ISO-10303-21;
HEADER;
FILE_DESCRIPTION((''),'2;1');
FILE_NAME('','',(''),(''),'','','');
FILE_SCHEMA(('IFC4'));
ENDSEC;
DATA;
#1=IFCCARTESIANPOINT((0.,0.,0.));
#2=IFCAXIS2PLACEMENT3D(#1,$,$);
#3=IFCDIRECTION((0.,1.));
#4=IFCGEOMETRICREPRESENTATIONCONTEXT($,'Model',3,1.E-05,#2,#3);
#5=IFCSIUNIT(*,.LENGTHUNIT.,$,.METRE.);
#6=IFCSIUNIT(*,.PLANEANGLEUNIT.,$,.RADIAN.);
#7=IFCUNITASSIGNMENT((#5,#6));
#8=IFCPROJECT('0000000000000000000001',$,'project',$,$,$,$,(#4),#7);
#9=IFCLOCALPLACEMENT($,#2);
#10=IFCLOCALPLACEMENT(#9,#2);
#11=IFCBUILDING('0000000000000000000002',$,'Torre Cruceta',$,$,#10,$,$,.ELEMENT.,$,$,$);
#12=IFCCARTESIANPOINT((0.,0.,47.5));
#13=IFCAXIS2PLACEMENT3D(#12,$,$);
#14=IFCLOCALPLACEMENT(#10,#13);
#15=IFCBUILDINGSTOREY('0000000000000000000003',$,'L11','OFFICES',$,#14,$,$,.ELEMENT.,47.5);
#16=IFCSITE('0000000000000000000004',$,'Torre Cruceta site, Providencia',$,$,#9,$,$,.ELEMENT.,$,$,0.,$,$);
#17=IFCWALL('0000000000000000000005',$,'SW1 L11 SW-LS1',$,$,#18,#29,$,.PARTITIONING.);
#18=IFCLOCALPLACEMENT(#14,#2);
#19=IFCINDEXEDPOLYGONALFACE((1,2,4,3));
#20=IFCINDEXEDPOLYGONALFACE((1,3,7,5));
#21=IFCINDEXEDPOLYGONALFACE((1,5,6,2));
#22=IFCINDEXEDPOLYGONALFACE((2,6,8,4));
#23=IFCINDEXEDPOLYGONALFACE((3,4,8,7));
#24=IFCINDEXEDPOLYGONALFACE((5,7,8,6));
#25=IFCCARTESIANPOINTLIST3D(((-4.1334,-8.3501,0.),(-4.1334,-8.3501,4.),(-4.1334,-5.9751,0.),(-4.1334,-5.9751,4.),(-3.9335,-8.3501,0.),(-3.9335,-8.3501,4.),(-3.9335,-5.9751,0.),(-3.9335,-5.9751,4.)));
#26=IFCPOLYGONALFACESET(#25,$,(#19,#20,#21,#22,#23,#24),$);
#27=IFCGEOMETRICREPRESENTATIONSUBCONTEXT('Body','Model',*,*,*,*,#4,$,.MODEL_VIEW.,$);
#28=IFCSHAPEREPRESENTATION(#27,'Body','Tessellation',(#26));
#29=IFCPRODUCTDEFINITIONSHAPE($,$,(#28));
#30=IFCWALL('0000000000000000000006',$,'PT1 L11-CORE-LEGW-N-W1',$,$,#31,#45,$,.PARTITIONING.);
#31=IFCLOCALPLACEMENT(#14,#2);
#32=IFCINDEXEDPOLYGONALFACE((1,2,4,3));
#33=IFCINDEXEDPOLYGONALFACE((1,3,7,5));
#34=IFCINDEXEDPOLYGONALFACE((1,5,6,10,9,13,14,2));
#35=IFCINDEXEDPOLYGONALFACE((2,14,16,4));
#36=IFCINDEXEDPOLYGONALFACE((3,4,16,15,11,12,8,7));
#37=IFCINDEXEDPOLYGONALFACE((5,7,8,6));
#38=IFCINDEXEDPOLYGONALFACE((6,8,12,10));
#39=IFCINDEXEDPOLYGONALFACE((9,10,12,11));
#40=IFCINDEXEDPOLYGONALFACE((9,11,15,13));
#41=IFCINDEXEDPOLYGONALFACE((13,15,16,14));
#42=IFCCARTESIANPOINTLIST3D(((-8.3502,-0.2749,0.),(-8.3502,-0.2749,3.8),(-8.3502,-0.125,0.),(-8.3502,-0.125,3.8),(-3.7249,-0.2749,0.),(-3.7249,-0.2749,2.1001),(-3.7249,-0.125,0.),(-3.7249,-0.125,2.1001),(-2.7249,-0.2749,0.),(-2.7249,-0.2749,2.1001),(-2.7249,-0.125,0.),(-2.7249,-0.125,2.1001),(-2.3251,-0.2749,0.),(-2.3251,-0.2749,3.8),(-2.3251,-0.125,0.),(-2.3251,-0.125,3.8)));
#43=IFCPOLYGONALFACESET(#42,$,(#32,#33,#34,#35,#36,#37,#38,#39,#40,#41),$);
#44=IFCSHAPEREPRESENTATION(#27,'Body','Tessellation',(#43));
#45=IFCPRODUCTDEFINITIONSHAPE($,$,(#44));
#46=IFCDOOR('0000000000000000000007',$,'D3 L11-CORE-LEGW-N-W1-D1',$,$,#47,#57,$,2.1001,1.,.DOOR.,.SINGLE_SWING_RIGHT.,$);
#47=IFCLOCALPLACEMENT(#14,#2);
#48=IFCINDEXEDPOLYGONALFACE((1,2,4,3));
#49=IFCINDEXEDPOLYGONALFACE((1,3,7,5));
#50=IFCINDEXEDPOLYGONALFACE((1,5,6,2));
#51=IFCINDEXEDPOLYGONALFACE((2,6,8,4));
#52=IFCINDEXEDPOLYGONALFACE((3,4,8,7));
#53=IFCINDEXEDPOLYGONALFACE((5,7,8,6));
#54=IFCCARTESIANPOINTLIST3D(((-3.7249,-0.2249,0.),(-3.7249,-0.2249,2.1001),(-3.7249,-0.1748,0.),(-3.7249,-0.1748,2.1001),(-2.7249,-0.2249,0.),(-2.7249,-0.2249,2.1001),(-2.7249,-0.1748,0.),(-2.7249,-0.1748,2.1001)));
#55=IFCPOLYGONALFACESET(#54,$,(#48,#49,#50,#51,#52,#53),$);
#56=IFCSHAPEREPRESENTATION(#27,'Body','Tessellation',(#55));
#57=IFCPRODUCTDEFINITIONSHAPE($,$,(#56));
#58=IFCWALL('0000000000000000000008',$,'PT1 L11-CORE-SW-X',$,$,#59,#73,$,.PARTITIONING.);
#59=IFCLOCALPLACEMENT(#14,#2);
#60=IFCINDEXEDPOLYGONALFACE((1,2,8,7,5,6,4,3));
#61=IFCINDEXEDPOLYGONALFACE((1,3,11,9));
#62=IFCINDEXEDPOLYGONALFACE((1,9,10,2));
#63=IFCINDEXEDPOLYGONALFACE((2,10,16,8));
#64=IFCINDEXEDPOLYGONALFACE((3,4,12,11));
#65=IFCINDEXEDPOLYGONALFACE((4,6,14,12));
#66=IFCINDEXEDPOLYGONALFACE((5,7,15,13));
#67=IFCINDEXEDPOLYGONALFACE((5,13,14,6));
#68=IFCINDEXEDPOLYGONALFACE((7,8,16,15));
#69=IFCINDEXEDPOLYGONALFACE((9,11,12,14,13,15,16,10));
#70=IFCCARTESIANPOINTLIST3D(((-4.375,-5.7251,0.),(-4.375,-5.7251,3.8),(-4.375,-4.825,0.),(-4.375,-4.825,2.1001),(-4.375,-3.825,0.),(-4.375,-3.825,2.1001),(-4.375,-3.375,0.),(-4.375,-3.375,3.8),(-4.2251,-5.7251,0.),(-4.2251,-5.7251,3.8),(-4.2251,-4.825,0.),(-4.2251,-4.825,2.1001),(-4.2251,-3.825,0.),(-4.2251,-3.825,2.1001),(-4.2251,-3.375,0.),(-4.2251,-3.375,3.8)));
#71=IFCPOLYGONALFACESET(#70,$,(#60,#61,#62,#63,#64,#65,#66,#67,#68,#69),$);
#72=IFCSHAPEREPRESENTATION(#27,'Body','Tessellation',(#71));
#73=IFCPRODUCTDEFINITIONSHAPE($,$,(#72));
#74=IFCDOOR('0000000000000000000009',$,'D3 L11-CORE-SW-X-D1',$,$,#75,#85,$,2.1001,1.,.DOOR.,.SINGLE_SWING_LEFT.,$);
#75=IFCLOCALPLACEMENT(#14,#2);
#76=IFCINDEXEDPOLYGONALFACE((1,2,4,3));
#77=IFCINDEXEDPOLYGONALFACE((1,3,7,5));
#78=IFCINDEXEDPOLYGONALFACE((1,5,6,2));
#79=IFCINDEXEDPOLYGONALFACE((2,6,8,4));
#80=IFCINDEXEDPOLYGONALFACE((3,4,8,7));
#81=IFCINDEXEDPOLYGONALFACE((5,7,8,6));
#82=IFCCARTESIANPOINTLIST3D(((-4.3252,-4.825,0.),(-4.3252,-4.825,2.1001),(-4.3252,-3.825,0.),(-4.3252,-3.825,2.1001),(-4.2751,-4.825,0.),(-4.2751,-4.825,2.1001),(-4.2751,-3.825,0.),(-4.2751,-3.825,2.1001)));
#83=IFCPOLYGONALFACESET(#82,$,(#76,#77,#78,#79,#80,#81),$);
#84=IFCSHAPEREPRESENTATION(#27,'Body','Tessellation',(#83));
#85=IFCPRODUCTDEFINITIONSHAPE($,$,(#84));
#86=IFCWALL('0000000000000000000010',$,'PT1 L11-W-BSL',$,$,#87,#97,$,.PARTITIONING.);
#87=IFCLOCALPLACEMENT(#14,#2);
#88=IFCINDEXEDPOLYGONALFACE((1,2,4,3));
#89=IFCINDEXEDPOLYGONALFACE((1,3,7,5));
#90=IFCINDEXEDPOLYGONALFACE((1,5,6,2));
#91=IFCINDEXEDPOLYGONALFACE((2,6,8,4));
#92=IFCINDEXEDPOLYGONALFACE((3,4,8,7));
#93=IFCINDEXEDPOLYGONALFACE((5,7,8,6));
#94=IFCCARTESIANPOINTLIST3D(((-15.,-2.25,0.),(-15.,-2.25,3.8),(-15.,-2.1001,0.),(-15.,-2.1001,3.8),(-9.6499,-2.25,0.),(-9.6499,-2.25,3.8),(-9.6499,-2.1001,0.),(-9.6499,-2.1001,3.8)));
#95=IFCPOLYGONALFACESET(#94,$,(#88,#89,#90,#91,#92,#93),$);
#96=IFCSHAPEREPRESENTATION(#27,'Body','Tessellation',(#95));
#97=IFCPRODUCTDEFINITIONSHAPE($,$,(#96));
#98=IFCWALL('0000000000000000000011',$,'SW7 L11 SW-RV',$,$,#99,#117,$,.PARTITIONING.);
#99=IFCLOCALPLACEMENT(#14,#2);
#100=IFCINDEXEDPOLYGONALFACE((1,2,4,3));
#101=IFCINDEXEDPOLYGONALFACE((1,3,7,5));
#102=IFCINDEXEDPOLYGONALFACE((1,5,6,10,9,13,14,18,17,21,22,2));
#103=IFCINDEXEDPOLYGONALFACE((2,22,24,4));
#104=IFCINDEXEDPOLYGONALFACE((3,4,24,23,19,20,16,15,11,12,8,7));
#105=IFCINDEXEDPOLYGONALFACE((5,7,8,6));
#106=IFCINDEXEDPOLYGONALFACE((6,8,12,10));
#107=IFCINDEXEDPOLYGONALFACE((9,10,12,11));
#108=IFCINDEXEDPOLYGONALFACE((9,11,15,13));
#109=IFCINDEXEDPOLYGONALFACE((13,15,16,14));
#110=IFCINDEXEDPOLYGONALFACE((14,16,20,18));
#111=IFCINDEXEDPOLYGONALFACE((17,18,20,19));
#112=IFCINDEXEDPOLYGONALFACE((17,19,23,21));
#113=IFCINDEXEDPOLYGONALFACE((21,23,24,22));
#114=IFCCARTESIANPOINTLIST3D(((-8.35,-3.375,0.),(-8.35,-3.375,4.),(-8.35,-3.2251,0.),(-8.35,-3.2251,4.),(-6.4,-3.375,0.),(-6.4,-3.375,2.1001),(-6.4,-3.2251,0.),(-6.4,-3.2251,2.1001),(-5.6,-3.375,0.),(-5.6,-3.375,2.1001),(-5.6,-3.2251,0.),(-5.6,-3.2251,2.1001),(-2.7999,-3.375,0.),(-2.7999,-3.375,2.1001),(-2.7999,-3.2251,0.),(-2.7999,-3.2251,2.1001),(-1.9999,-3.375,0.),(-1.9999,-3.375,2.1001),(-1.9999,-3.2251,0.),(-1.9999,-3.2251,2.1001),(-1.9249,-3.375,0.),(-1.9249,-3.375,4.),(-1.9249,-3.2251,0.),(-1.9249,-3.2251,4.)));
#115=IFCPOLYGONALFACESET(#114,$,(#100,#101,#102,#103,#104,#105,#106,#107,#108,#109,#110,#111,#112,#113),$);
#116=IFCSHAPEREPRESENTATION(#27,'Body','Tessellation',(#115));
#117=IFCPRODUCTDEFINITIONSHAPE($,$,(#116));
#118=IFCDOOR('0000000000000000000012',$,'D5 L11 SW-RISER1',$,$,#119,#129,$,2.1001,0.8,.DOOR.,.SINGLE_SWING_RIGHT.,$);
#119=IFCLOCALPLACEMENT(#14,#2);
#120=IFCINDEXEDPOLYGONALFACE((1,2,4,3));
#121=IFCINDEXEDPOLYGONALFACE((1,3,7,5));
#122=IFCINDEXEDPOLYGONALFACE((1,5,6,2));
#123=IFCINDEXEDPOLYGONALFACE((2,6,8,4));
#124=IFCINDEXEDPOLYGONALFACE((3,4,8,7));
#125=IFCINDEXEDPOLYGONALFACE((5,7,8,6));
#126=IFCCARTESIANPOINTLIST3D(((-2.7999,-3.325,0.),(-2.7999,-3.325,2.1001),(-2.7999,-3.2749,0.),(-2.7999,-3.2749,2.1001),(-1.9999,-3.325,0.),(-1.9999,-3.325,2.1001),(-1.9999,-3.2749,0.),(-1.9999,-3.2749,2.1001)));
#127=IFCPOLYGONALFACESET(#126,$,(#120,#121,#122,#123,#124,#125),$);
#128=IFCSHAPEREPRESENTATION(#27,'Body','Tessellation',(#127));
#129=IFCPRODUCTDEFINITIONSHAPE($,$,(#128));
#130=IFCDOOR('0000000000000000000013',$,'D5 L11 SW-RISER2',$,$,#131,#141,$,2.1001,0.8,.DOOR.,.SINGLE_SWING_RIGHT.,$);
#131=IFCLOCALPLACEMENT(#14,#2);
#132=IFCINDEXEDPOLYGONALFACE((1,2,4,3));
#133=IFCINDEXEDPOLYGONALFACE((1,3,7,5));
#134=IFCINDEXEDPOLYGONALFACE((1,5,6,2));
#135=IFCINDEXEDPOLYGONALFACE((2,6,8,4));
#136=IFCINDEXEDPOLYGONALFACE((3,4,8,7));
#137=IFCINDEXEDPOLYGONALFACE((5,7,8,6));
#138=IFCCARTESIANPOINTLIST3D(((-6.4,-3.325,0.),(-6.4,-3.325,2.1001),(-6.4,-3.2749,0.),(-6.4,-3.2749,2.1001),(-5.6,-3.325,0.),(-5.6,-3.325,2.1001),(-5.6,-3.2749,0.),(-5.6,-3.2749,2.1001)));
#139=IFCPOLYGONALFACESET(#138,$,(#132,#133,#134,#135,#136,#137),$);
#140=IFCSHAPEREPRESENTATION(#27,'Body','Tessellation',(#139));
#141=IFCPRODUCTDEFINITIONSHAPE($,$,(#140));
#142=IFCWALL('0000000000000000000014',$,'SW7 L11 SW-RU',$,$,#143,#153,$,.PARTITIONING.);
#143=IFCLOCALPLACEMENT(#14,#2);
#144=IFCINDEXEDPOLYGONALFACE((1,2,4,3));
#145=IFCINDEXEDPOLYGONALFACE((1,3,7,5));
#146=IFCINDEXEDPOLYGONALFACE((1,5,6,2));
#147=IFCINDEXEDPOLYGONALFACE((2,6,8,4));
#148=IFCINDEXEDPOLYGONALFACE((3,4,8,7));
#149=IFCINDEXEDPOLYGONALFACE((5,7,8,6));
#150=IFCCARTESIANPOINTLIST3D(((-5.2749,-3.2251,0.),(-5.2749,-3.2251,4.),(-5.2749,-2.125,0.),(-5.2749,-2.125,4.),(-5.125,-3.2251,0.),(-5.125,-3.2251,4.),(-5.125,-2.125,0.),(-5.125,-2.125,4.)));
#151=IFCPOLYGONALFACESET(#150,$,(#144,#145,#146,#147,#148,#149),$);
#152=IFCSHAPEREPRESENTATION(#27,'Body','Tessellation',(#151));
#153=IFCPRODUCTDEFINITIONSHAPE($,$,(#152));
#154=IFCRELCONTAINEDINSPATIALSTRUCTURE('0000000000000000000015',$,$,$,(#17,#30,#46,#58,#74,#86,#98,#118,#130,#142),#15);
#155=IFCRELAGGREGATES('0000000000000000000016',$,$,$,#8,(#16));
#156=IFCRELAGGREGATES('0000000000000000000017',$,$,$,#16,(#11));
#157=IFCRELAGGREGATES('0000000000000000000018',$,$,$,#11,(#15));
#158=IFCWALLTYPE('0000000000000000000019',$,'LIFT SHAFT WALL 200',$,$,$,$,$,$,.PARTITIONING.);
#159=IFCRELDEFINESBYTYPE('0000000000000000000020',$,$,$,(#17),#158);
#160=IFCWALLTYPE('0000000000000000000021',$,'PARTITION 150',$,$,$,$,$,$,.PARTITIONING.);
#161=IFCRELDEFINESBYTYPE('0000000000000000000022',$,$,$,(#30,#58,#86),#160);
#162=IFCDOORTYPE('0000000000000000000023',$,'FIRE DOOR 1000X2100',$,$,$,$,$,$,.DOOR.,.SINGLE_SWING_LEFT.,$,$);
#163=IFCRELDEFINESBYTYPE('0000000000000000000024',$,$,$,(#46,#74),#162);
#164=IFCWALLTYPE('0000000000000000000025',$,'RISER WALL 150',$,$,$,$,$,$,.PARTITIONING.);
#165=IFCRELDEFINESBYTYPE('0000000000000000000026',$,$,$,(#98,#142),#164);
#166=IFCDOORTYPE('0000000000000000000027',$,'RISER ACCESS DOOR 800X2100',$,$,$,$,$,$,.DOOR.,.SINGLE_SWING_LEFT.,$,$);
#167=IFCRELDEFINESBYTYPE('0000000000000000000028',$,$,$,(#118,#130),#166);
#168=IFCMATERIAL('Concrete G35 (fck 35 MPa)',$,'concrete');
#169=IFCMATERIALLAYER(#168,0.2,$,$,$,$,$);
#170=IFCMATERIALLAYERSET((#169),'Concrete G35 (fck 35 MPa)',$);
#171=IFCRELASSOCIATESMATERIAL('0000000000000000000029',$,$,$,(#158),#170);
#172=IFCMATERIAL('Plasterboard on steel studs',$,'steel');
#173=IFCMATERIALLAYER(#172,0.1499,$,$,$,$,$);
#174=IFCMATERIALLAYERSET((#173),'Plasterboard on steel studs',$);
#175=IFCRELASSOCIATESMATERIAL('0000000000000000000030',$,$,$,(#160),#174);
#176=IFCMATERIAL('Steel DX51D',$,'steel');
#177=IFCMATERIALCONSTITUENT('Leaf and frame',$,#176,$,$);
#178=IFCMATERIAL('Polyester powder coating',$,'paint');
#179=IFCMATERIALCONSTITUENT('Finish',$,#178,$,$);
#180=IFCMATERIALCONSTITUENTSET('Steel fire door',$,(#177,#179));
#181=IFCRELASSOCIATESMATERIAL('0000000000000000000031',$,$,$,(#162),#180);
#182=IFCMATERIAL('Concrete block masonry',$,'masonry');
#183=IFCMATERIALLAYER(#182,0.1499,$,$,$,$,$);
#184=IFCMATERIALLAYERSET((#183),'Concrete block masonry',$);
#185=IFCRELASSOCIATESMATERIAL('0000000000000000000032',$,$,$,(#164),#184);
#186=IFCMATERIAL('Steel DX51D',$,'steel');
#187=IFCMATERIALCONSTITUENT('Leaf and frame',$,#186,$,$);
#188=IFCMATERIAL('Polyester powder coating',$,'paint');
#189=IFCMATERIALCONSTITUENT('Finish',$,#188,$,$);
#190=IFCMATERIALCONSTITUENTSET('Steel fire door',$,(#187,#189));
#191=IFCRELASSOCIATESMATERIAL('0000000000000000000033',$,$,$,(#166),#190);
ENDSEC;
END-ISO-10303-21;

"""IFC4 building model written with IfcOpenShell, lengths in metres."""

from ifc_helpers import new_model, si_unit, direction, frame, frame_2d, origin, place, context, subcontext, project, spatial, rectangle, extrude, material, layer, layer_set, constituent, constituent_set, type_object, element, fill, save


model = new_model("IFC4")

# Units and contexts
model_context = context("Model", 3, precision=1e-05, world=origin(), true_north=direction((0.0, 1.0)))
body_context = subcontext(model_context, "Body", "Model", "MODEL_VIEW")
ifc_project = project(units=[si_unit("LENGTHUNIT", "METRE"), si_unit("PLANEANGLEUNIT", "RADIAN")], contexts=[model_context])

# Site, building, storey
site_placement = place(None, origin())
site = spatial("IfcSite", under=ifc_project, at=site_placement, Name="Torre Cruceta site, Providencia", CompositionType="ELEMENT", RefElevation=0.0)
building_placement = place(site_placement, origin())
building = spatial("IfcBuilding", under=site, at=building_placement, Name="Torre Cruceta", CompositionType="ELEMENT")
storey_placement = place(building_placement, frame((0.0, 0.0, 47.5)))
storey = spatial("IfcBuildingStorey", under=building, at=storey_placement, Name="L11", Description="OFFICES", CompositionType="ELEMENT", Elevation=47.5)

# Wall
ifc_material_1 = material(Name="Concrete G35 (fck 35 MPa)", Category="concrete")
ifc_layer_1 = layer(ifc_material_1, 0.2)
ifc_layer_set_1 = layer_set([ifc_layer_1], Name="Concrete G35 (fck 35 MPa)")
wall_type_1 = type_object("IfcWallType", Name="LIFT SHAFT WALL 200", PredefinedType="PARTITIONING", material=ifc_layer_set_1)
wall_1_placement = place(storey_placement, frame((-4.0334, -5.9751, 0.0), z_axis=(0.0, 0.0, 1.0), x_axis=(0.0, -1.0, 0.0)))
element("IfcWall", 1, at=wall_1_placement, inside=storey, type_object=wall_type_1, Name="SW1 L11 SW-LS1", PredefinedType="PARTITIONING", context=body_context, shape_type="SweptSolid", body=[
    extrude(rectangle(XDim=2.375, YDim=0.2, at=frame_2d((1.1875, 0.0))), origin(), (0.0, 0.0, 1.0), 4.0),
])

# Walls, openings, doors
ifc_material_2 = material(Name="Plasterboard on steel studs", Category="steel")
ifc_layer_2 = layer(ifc_material_2, 0.1499)
ifc_layer_set_2 = layer_set([ifc_layer_2], Name="Plasterboard on steel studs")
wall_type_2 = type_object("IfcWallType", Name="PARTITION 150", PredefinedType="PARTITIONING", material=ifc_layer_set_2)
wall_2_placement = place(storey_placement, frame((-2.325, -0.2, 0.0), z_axis=(0.0, 0.0, 1.0), x_axis=(-1.0, 0.0, 0.0)))
wall_2 = element("IfcWall", 2, at=wall_2_placement, inside=storey, type_object=wall_type_2, Name="PT1 L11-CORE-LEGW-N-W1", PredefinedType="PARTITIONING", context=body_context, shape_type="SweptSolid", body=[
    extrude(rectangle(XDim=6.0251, YDim=0.1499, at=frame_2d((3.0127, 0.0))), origin(), (0.0, 0.0, 1.0), 3.8),
])
opening_1_placement = place(wall_2_placement, frame((0.3999, 0.0, 0.0)))
opening_1 = element("IfcOpeningElement", 3, at=opening_1_placement, cuts=wall_2, PredefinedType="OPENING", context=body_context, shape_type="SweptSolid", body=[
    extrude(rectangle(XDim=1.0, YDim=2.1001, at=frame_2d((0.5, 1.05))), frame((0.0, 0.085, 0.0), z_axis=(0.0, -1.0, 0.0), x_axis=(1.0, 0.0, 0.0)), (0.0, 0.0, 1.0), 0.1699),
])
ifc_material_3 = material(Name="Steel DX51D", Category="steel")
ifc_constituent_1 = constituent(ifc_material_3, Name="Leaf and frame")
ifc_material_4 = material(Name="Polyester powder coating", Category="paint")
ifc_constituent_2 = constituent(ifc_material_4, Name="Finish")
ifc_constituent_set_1 = constituent_set(constituents=[ifc_constituent_1, ifc_constituent_2], Name="Steel fire door")
door_type_1 = type_object("IfcDoorType", Name="FIRE DOOR 1000X2100", OperationType="SINGLE_SWING_LEFT", PredefinedType="DOOR", material=ifc_constituent_set_1)
door_1_placement = place(opening_1_placement, frame((1.0, 0.0, 0.0), z_axis=(0.0, 0.0, 1.0), x_axis=(-1.0, 0.0, 0.0)))
door_1 = element("IfcDoor", 4, at=door_1_placement, inside=storey, type_object=door_type_1, Name="D3 L11-CORE-LEGW-N-W1-D1", OperationType="SINGLE_SWING_RIGHT", OverallHeight=2.1001, OverallWidth=1.0, PredefinedType="DOOR", context=body_context, shape_type="SweptSolid", body=[
    extrude(rectangle(XDim=1.0, YDim=2.1001, at=frame_2d((0.5, 1.05))), frame((0.0, 0.0251, 0.0), z_axis=(0.0, -1.0, 0.0), x_axis=(1.0, 0.0, 0.0)), (0.0, 0.0, 1.0), 0.05),
])
fill(opening_1, door_1)
wall_3_placement = place(storey_placement, frame((-4.3, -3.375, 0.0), z_axis=(0.0, 0.0, 1.0), x_axis=(0.0, -1.0, 0.0)))
wall_3 = element("IfcWall", 5, at=wall_3_placement, inside=storey, type_object=wall_type_2, Name="PT1 L11-CORE-SW-X", PredefinedType="PARTITIONING", context=body_context, shape_type="SweptSolid", body=[
    extrude(rectangle(XDim=2.3501, YDim=0.1499, at=frame_2d((1.175, 0.0))), origin(), (0.0, 0.0, 1.0), 3.8),
])
opening_2_placement = place(wall_3_placement, frame((0.45, 0.0, 0.0)))
opening_2 = element("IfcOpeningElement", 6, at=opening_2_placement, cuts=wall_3, PredefinedType="OPENING", context=body_context, shape_type="SweptSolid", body=[
    extrude(rectangle(XDim=1.0, YDim=2.1001, at=frame_2d((0.5, 1.05))), frame((0.0, 0.085, 0.0), z_axis=(0.0, -1.0, 0.0), x_axis=(1.0, 0.0, 0.0)), (0.0, 0.0, 1.0), 0.1699),
])
door_2_placement = place(opening_2_placement, origin())
door_2 = element("IfcDoor", 7, at=door_2_placement, inside=storey, type_object=door_type_1, Name="D3 L11-CORE-SW-X-D1", OperationType="SINGLE_SWING_LEFT", OverallHeight=2.1001, OverallWidth=1.0, PredefinedType="DOOR", context=body_context, shape_type="SweptSolid", body=[
    extrude(rectangle(XDim=1.0, YDim=2.1001, at=frame_2d((0.5, 1.05))), frame((0.0, 0.0249, 0.0), z_axis=(0.0, -1.0, 0.0), x_axis=(1.0, 0.0, 0.0)), (0.0, 0.0, 1.0), 0.05),
])
fill(opening_2, door_2)

# Wall
wall_4_placement = place(storey_placement, frame((-9.6499, -2.175, 0.0), z_axis=(0.0, 0.0, 1.0), x_axis=(-1.0, 0.0, 0.0)))
element("IfcWall", 8, at=wall_4_placement, inside=storey, type_object=wall_type_2, Name="PT1 L11-W-BSL", PredefinedType="PARTITIONING", context=body_context, shape_type="SweptSolid", body=[
    extrude(rectangle(XDim=5.3501, YDim=0.1499, at=frame_2d((2.675, 0.0))), origin(), (0.0, 0.0, 1.0), 3.8),
])

# Wall, openings, doors
ifc_material_5 = material(Name="Concrete block masonry", Category="masonry")
ifc_layer_3 = layer(ifc_material_5, 0.1499)
ifc_layer_set_3 = layer_set([ifc_layer_3], Name="Concrete block masonry")
wall_type_3 = type_object("IfcWallType", Name="RISER WALL 150", PredefinedType="PARTITIONING", material=ifc_layer_set_3)
wall_5_placement = place(storey_placement, frame((-1.925, -3.3, 0.0), z_axis=(0.0, 0.0, 1.0), x_axis=(-1.0, 0.0, 0.0)))
wall_5 = element("IfcWall", 9, at=wall_5_placement, inside=storey, type_object=wall_type_3, Name="SW7 L11 SW-RV", PredefinedType="PARTITIONING", context=body_context, shape_type="SweptSolid", body=[
    extrude(rectangle(XDim=6.425, YDim=0.1499, at=frame_2d((3.2124, 0.0))), origin(), (0.0, 0.0, 1.0), 4.0),
])
opening_3_placement = place(wall_5_placement, frame((0.075, 0.0, 0.0)))
opening_3 = element("IfcOpeningElement", 10, at=opening_3_placement, cuts=wall_5, PredefinedType="OPENING", context=body_context, shape_type="SweptSolid", body=[
    extrude(rectangle(XDim=0.8, YDim=2.1001, at=frame_2d((0.3999, 1.05))), frame((0.0, 0.085, 0.0), z_axis=(0.0, -1.0, 0.0), x_axis=(1.0, 0.0, 0.0)), (0.0, 0.0, 1.0), 0.1699),
])
opening_4_placement = place(wall_5_placement, frame((3.675, 0.0, 0.0)))
opening_4 = element("IfcOpeningElement", 11, at=opening_4_placement, cuts=wall_5, PredefinedType="OPENING", context=body_context, shape_type="SweptSolid", body=[
    extrude(rectangle(XDim=0.8, YDim=2.1001, at=frame_2d((0.3999, 1.05))), frame((0.0, 0.085, 0.0), z_axis=(0.0, -1.0, 0.0), x_axis=(1.0, 0.0, 0.0)), (0.0, 0.0, 1.0), 0.1699),
])
ifc_material_6 = material(Name="Steel DX51D", Category="steel")
ifc_constituent_3 = constituent(ifc_material_6, Name="Leaf and frame")
ifc_material_7 = material(Name="Polyester powder coating", Category="paint")
ifc_constituent_4 = constituent(ifc_material_7, Name="Finish")
ifc_constituent_set_2 = constituent_set(constituents=[ifc_constituent_3, ifc_constituent_4], Name="Steel fire door")
door_type_2 = type_object("IfcDoorType", Name="RISER ACCESS DOOR 800X2100", OperationType="SINGLE_SWING_LEFT", PredefinedType="DOOR", material=ifc_constituent_set_2)
door_3_placement = place(opening_3_placement, frame((0.8, 0.0, 0.0), z_axis=(0.0, 0.0, 1.0), x_axis=(-1.0, 0.0, 0.0)))
door_3 = element("IfcDoor", 12, at=door_3_placement, inside=storey, type_object=door_type_2, Name="D5 L11 SW-RISER1", OperationType="SINGLE_SWING_RIGHT", OverallHeight=2.1001, OverallWidth=0.8, PredefinedType="DOOR", context=body_context, shape_type="SweptSolid", body=[
    extrude(rectangle(XDim=0.8, YDim=2.1001, at=frame_2d((0.4001, 1.05))), frame((0.0, 0.0251, 0.0), z_axis=(0.0, -1.0, 0.0), x_axis=(1.0, 0.0, 0.0)), (0.0, 0.0, 1.0), 0.05),
])
fill(opening_3, door_3)
door_4_placement = place(opening_4_placement, frame((0.8, 0.0, 0.0), z_axis=(0.0, 0.0, 1.0), x_axis=(-1.0, 0.0, 0.0)))
door_4 = element("IfcDoor", 13, at=door_4_placement, inside=storey, type_object=door_type_2, Name="D5 L11 SW-RISER2", OperationType="SINGLE_SWING_RIGHT", OverallHeight=2.1001, OverallWidth=0.8, PredefinedType="DOOR", context=body_context, shape_type="SweptSolid", body=[
    extrude(rectangle(XDim=0.8, YDim=2.1001, at=frame_2d((0.4001, 1.05))), frame((0.0, 0.0251, 0.0), z_axis=(0.0, -1.0, 0.0), x_axis=(1.0, 0.0, 0.0)), (0.0, 0.0, 1.0), 0.05),
])
fill(opening_4, door_4)

# Wall
wall_6_placement = place(storey_placement, frame((-5.2, -2.125, 0.0), z_axis=(0.0, 0.0, 1.0), x_axis=(0.0, -1.0, 0.0)))
element("IfcWall", 14, at=wall_6_placement, inside=storey, type_object=wall_type_3, Name="SW7 L11 SW-RU", PredefinedType="PARTITIONING", context=body_context, shape_type="SweptSolid", body=[
    extrude(rectangle(XDim=1.1001, YDim=0.1499, at=frame_2d((0.55, 0.0))), origin(), (0.0, 0.0, 1.0), 4.0),
])

save(model, "model.ifc")
